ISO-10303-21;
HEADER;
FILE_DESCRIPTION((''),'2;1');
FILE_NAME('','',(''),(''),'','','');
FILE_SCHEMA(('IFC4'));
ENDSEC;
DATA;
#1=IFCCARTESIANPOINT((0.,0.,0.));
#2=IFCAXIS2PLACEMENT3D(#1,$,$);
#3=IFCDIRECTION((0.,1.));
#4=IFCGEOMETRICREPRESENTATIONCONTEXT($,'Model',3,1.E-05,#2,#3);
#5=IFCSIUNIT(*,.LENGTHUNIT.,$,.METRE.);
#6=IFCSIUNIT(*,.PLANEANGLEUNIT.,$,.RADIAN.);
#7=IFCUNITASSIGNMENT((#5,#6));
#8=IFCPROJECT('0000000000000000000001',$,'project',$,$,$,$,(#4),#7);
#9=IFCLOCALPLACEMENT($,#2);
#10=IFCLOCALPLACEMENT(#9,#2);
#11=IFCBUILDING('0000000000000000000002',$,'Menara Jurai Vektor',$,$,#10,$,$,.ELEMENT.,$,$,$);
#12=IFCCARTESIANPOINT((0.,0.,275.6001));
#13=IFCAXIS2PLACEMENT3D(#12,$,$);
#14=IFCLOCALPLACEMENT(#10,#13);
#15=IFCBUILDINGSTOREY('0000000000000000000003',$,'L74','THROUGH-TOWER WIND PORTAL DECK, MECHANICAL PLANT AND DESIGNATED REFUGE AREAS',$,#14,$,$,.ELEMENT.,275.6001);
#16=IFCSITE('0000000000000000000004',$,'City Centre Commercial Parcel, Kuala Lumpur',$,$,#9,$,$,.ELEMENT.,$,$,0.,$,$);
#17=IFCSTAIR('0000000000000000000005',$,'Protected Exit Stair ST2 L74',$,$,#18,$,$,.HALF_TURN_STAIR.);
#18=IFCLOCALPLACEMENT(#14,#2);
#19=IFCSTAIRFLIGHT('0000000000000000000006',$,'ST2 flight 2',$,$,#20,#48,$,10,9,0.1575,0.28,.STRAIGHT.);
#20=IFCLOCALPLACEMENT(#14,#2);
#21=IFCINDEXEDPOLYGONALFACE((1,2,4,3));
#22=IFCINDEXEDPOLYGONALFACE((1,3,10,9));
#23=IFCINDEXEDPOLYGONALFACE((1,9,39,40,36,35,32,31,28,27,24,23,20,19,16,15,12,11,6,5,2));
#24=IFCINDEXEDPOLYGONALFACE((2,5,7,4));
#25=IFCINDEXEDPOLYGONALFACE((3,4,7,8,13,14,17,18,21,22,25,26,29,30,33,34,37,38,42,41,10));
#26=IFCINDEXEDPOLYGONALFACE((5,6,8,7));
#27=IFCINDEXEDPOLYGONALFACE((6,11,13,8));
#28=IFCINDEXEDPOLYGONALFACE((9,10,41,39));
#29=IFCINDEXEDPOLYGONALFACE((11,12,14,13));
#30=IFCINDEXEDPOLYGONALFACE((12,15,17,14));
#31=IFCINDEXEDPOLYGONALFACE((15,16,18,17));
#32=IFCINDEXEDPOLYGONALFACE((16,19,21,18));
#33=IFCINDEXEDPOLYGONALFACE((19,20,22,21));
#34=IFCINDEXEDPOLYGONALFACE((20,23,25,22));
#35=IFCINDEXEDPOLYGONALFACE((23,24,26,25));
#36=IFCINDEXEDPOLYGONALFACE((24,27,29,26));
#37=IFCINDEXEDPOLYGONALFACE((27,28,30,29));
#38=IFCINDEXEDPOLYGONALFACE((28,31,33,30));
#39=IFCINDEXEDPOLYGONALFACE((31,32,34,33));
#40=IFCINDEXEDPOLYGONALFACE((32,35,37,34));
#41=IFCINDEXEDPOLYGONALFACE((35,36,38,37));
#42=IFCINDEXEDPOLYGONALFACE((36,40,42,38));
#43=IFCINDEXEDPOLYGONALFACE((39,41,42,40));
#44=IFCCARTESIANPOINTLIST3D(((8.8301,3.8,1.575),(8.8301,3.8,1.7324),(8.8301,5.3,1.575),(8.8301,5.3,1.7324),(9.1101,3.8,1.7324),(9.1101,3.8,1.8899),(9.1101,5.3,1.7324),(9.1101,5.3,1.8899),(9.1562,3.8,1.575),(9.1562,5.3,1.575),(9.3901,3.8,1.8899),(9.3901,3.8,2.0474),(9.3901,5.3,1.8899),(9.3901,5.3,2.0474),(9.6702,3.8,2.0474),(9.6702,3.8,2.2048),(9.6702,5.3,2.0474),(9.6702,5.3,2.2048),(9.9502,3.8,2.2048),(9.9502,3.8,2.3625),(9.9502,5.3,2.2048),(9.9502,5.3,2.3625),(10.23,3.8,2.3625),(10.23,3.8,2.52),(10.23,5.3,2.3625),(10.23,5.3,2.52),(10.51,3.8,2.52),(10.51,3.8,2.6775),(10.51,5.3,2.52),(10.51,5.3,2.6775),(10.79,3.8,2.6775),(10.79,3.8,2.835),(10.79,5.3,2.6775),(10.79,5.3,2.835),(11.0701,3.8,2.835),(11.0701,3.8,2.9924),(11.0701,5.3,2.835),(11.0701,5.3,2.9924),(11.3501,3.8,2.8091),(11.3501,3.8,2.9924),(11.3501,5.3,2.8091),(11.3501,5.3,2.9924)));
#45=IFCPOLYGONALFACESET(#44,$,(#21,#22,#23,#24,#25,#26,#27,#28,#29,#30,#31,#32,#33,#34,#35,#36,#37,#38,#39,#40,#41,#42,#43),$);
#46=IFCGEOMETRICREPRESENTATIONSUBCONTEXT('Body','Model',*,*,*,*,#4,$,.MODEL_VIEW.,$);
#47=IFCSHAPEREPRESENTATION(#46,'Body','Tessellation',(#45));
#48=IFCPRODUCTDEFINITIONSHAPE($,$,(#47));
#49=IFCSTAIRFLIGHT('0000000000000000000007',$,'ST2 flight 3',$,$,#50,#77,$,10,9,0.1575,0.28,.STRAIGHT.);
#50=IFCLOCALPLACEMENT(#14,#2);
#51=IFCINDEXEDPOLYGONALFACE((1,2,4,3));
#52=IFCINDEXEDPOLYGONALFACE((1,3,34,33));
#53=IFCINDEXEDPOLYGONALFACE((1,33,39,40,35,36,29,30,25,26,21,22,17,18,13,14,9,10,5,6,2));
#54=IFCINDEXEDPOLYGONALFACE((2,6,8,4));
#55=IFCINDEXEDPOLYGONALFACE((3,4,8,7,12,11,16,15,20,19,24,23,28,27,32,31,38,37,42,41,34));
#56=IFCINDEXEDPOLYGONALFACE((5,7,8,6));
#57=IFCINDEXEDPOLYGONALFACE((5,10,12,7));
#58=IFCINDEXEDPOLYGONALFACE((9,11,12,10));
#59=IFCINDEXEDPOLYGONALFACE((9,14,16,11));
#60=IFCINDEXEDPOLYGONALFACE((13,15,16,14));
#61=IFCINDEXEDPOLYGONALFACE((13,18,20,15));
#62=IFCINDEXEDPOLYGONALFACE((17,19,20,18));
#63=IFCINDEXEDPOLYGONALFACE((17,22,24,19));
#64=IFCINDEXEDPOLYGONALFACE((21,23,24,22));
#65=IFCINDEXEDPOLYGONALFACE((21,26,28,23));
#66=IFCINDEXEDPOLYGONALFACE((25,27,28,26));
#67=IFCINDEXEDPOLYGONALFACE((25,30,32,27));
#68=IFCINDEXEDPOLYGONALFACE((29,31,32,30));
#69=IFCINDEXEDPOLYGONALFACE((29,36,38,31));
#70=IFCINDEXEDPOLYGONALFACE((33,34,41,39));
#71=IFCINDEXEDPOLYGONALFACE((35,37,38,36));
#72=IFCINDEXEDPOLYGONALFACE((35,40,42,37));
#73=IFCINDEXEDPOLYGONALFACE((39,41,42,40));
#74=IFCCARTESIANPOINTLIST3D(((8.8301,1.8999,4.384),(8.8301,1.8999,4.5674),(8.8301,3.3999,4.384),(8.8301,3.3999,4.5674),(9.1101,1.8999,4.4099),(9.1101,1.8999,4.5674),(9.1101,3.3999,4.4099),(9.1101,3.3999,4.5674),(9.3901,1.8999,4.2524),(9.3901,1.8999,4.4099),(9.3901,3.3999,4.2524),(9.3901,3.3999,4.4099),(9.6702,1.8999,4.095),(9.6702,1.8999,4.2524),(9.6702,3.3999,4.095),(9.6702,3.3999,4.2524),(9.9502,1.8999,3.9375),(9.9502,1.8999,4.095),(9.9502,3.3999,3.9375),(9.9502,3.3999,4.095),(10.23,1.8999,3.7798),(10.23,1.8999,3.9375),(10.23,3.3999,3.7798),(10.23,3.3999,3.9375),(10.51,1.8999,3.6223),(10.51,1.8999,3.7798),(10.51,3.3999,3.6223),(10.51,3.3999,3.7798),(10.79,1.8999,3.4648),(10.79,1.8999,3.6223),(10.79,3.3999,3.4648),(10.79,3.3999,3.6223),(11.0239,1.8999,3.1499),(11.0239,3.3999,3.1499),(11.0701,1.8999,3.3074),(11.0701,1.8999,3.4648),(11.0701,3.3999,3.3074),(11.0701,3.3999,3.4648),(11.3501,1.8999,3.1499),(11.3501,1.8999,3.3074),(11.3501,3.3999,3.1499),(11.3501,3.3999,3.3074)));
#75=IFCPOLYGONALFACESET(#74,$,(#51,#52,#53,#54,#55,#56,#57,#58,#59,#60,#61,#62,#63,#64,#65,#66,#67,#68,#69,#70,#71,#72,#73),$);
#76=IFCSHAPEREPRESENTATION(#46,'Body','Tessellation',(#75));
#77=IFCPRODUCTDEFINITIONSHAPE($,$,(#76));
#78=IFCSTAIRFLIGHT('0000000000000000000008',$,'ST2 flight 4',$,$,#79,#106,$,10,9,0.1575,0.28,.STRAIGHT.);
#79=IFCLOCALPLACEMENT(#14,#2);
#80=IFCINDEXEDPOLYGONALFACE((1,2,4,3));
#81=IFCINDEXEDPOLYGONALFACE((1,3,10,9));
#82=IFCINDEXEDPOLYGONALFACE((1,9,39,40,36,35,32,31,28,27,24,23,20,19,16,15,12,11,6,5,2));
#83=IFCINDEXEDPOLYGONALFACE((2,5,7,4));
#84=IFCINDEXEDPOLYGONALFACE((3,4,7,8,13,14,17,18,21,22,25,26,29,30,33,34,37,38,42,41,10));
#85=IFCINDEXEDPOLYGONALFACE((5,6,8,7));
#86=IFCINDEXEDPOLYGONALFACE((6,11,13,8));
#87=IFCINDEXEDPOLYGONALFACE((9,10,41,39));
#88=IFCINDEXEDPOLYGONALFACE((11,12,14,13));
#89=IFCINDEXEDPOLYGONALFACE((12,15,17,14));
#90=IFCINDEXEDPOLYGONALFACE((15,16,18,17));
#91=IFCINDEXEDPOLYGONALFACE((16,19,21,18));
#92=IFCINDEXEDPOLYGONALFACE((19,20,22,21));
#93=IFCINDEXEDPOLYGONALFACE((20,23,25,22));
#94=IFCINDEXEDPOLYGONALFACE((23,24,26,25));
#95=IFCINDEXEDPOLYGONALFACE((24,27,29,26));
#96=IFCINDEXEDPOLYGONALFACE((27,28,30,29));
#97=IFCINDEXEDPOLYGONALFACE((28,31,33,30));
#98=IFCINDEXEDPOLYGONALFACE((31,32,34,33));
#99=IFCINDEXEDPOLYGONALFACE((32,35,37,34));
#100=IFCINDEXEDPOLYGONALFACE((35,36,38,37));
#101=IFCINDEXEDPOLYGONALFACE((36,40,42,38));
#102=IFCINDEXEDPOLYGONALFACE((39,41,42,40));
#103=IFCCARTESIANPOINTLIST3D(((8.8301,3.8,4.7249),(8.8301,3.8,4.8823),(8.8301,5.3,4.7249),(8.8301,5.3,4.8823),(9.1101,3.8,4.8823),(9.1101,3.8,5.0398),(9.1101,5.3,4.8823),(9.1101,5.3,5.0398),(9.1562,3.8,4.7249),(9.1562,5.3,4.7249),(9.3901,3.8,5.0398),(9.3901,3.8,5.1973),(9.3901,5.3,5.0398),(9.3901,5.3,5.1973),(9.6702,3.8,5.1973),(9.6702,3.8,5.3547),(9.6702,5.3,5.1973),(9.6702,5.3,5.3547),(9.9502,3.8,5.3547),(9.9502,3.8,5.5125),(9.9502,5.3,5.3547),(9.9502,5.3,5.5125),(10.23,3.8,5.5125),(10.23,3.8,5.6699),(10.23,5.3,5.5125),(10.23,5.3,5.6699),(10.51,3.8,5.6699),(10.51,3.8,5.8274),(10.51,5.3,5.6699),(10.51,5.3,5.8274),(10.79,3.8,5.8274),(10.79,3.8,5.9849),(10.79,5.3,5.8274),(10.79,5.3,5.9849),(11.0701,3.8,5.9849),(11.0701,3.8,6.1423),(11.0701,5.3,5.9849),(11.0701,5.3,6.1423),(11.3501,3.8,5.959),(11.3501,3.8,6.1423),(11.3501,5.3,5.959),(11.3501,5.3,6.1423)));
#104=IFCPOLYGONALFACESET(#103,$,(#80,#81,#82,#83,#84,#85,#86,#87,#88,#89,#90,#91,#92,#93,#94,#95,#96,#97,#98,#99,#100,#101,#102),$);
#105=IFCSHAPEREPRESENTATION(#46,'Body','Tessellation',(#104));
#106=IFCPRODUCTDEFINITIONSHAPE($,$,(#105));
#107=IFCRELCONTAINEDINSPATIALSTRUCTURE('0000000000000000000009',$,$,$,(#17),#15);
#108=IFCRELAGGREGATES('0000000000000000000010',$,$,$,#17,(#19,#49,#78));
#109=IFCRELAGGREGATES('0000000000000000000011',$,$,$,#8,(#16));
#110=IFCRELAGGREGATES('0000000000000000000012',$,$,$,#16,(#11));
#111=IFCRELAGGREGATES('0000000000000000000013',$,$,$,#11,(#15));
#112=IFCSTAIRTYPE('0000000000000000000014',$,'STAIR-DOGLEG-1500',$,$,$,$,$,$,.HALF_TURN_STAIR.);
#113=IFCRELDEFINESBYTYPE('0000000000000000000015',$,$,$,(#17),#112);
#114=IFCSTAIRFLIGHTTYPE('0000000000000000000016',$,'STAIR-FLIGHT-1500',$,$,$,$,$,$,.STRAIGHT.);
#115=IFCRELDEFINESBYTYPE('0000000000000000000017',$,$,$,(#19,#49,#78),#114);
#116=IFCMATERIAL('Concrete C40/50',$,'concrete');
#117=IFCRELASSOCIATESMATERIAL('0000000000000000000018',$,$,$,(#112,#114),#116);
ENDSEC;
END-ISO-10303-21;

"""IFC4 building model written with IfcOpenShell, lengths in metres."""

from ifc_helpers import new_model, si_unit, direction, frame, origin, place, context, subcontext, project, spatial, polyline, outline, extrude, material, type_object, element, aggregate, save


model = new_model("IFC4")

# Units and contexts
model_context = context("Model", 3, precision=1e-05, world=origin(), true_north=direction((0.0, 1.0)))
body_context = subcontext(model_context, "Body", "Model", "MODEL_VIEW")
ifc_project = project(units=[si_unit("LENGTHUNIT", "METRE"), si_unit("PLANEANGLEUNIT", "RADIAN")], contexts=[model_context])

# Site, building, storey
site_placement = place(None, origin())
site = spatial("IfcSite", under=ifc_project, at=site_placement, Name="City Centre Commercial Parcel, Kuala Lumpur", CompositionType="ELEMENT", RefElevation=0.0)
building_placement = place(site_placement, origin())
building = spatial("IfcBuilding", under=site, at=building_placement, Name="Menara Jurai Vektor", CompositionType="ELEMENT")
storey_placement = place(building_placement, frame((0.0, 0.0, 275.6001)))
storey = spatial("IfcBuildingStorey", under=building, at=storey_placement, Name="L74", Description="THROUGH-TOWER WIND PORTAL DECK, MECHANICAL PLANT AND DESIGNATED REFUGE AREAS", CompositionType="ELEMENT", Elevation=275.6001)

# Shared definitions
ifc_material_1 = material(Name="Concrete C40/50", Category="concrete")

# Stair, stair flights
stair_type = type_object("IfcStairType", Name="STAIR-DOGLEG-1500", PredefinedType="HALF_TURN_STAIR", material=ifc_material_1)
stair_placement = place(storey_placement, origin())
stair = element("IfcStair", 1, at=stair_placement, inside=storey, type_object=stair_type, Name="Protected Exit Stair ST2 L74", PredefinedType="HALF_TURN_STAIR")
stair_flight_type = type_object("IfcStairFlightType", Name="STAIR-FLIGHT-1500", PredefinedType="STRAIGHT", material=ifc_material_1)
stair_flight_1_placement = place(storey_placement, frame((8.8301, 4.55, 1.575), z_axis=(0.0, 0.0, 1.0), x_axis=(1.0, 0.0, 0.0)))
stair_flight_1 = element("IfcStairFlight", 2, at=stair_flight_1_placement, type_object=stair_flight_type, Name="ST2 flight 2", NumberOfRisers=10, NumberOfTreads=9, PredefinedType="STRAIGHT", RiserHeight=0.1575, TreadLength=0.28, context=body_context, shape_type="SweptSolid", body=[
    extrude(outline(polyline([(0.0, 0.0), (0.0, 0.1575), (0.28, 0.1575), (0.28, 0.3149), (0.5601, 0.3149), (0.5601, 0.4724), (0.8401, 0.4724), (0.8401, 0.6299), (1.1201, 0.6299), (1.1201, 0.7876), (1.3999, 0.7876), (1.3999, 0.9451), (1.6799, 0.9451), (1.6799, 1.1025), (1.96, 1.1025), (1.96, 1.26), (2.24, 1.26), (2.24, 1.4175), (2.52, 1.4175), (2.52, 1.575), (2.52, 1.2341), (0.3262, 0.0), (0.0, 0.0)])), frame((0.0, 0.75, 0.0), z_axis=(0.0, -1.0, 0.0), x_axis=(1.0, 0.0, 0.0)), (0.0, 0.0, 1.0), 1.5),
])
stair_flight_2_placement = place(storey_placement, frame((11.3501, 2.6499, 3.1499), z_axis=(0.0, 0.0, 1.0), x_axis=(-1.0, 0.0, 0.0)))
stair_flight_2 = element("IfcStairFlight", 3, at=stair_flight_2_placement, type_object=stair_flight_type, Name="ST2 flight 3", NumberOfRisers=10, NumberOfTreads=9, PredefinedType="STRAIGHT", RiserHeight=0.1575, TreadLength=0.28, context=body_context, shape_type="SweptSolid", body=[
    extrude(outline(polyline([(0.0, 0.0), (0.0, 0.1575), (0.28, 0.1575), (0.28, 0.3149), (0.5601, 0.3149), (0.5601, 0.4724), (0.8401, 0.4724), (0.8401, 0.6299), (1.1201, 0.6299), (1.1201, 0.7876), (1.3999, 0.7876), (1.3999, 0.9451), (1.6799, 0.9451), (1.6799, 1.1025), (1.96, 1.1025), (1.96, 1.26), (2.24, 1.26), (2.24, 1.4175), (2.52, 1.4175), (2.52, 1.575), (2.52, 1.2341), (0.3262, 0.0), (0.0, 0.0)])), frame((0.0, 0.75, 0.0), z_axis=(0.0, -1.0, 0.0), x_axis=(1.0, 0.0, 0.0)), (0.0, 0.0, 1.0), 1.5),
])
stair_flight_3_placement = place(storey_placement, frame((8.8301, 4.55, 4.7249), z_axis=(0.0, 0.0, 1.0), x_axis=(1.0, 0.0, 0.0)))
stair_flight_3 = element("IfcStairFlight", 4, at=stair_flight_3_placement, type_object=stair_flight_type, Name="ST2 flight 4", NumberOfRisers=10, NumberOfTreads=9, PredefinedType="STRAIGHT", RiserHeight=0.1575, TreadLength=0.28, context=body_context, shape_type="SweptSolid", body=[
    extrude(outline(polyline([(0.0, 0.0), (0.0, 0.1575), (0.28, 0.1575), (0.28, 0.3149), (0.5601, 0.3149), (0.5601, 0.4724), (0.8401, 0.4724), (0.8401, 0.6299), (1.1201, 0.6299), (1.1201, 0.7876), (1.3999, 0.7876), (1.3999, 0.9451), (1.6799, 0.9451), (1.6799, 1.1025), (1.96, 1.1025), (1.96, 1.26), (2.24, 1.26), (2.24, 1.4175), (2.52, 1.4175), (2.52, 1.575), (2.52, 1.2341), (0.3262, 0.0), (0.0, 0.0)])), frame((0.0, 0.75, 0.0), z_axis=(0.0, -1.0, 0.0), x_axis=(1.0, 0.0, 0.0)), (0.0, 0.0, 1.0), 1.5),
])
aggregate(stair, [stair_flight_1, stair_flight_2, stair_flight_3])

save(model, "model.ifc")
